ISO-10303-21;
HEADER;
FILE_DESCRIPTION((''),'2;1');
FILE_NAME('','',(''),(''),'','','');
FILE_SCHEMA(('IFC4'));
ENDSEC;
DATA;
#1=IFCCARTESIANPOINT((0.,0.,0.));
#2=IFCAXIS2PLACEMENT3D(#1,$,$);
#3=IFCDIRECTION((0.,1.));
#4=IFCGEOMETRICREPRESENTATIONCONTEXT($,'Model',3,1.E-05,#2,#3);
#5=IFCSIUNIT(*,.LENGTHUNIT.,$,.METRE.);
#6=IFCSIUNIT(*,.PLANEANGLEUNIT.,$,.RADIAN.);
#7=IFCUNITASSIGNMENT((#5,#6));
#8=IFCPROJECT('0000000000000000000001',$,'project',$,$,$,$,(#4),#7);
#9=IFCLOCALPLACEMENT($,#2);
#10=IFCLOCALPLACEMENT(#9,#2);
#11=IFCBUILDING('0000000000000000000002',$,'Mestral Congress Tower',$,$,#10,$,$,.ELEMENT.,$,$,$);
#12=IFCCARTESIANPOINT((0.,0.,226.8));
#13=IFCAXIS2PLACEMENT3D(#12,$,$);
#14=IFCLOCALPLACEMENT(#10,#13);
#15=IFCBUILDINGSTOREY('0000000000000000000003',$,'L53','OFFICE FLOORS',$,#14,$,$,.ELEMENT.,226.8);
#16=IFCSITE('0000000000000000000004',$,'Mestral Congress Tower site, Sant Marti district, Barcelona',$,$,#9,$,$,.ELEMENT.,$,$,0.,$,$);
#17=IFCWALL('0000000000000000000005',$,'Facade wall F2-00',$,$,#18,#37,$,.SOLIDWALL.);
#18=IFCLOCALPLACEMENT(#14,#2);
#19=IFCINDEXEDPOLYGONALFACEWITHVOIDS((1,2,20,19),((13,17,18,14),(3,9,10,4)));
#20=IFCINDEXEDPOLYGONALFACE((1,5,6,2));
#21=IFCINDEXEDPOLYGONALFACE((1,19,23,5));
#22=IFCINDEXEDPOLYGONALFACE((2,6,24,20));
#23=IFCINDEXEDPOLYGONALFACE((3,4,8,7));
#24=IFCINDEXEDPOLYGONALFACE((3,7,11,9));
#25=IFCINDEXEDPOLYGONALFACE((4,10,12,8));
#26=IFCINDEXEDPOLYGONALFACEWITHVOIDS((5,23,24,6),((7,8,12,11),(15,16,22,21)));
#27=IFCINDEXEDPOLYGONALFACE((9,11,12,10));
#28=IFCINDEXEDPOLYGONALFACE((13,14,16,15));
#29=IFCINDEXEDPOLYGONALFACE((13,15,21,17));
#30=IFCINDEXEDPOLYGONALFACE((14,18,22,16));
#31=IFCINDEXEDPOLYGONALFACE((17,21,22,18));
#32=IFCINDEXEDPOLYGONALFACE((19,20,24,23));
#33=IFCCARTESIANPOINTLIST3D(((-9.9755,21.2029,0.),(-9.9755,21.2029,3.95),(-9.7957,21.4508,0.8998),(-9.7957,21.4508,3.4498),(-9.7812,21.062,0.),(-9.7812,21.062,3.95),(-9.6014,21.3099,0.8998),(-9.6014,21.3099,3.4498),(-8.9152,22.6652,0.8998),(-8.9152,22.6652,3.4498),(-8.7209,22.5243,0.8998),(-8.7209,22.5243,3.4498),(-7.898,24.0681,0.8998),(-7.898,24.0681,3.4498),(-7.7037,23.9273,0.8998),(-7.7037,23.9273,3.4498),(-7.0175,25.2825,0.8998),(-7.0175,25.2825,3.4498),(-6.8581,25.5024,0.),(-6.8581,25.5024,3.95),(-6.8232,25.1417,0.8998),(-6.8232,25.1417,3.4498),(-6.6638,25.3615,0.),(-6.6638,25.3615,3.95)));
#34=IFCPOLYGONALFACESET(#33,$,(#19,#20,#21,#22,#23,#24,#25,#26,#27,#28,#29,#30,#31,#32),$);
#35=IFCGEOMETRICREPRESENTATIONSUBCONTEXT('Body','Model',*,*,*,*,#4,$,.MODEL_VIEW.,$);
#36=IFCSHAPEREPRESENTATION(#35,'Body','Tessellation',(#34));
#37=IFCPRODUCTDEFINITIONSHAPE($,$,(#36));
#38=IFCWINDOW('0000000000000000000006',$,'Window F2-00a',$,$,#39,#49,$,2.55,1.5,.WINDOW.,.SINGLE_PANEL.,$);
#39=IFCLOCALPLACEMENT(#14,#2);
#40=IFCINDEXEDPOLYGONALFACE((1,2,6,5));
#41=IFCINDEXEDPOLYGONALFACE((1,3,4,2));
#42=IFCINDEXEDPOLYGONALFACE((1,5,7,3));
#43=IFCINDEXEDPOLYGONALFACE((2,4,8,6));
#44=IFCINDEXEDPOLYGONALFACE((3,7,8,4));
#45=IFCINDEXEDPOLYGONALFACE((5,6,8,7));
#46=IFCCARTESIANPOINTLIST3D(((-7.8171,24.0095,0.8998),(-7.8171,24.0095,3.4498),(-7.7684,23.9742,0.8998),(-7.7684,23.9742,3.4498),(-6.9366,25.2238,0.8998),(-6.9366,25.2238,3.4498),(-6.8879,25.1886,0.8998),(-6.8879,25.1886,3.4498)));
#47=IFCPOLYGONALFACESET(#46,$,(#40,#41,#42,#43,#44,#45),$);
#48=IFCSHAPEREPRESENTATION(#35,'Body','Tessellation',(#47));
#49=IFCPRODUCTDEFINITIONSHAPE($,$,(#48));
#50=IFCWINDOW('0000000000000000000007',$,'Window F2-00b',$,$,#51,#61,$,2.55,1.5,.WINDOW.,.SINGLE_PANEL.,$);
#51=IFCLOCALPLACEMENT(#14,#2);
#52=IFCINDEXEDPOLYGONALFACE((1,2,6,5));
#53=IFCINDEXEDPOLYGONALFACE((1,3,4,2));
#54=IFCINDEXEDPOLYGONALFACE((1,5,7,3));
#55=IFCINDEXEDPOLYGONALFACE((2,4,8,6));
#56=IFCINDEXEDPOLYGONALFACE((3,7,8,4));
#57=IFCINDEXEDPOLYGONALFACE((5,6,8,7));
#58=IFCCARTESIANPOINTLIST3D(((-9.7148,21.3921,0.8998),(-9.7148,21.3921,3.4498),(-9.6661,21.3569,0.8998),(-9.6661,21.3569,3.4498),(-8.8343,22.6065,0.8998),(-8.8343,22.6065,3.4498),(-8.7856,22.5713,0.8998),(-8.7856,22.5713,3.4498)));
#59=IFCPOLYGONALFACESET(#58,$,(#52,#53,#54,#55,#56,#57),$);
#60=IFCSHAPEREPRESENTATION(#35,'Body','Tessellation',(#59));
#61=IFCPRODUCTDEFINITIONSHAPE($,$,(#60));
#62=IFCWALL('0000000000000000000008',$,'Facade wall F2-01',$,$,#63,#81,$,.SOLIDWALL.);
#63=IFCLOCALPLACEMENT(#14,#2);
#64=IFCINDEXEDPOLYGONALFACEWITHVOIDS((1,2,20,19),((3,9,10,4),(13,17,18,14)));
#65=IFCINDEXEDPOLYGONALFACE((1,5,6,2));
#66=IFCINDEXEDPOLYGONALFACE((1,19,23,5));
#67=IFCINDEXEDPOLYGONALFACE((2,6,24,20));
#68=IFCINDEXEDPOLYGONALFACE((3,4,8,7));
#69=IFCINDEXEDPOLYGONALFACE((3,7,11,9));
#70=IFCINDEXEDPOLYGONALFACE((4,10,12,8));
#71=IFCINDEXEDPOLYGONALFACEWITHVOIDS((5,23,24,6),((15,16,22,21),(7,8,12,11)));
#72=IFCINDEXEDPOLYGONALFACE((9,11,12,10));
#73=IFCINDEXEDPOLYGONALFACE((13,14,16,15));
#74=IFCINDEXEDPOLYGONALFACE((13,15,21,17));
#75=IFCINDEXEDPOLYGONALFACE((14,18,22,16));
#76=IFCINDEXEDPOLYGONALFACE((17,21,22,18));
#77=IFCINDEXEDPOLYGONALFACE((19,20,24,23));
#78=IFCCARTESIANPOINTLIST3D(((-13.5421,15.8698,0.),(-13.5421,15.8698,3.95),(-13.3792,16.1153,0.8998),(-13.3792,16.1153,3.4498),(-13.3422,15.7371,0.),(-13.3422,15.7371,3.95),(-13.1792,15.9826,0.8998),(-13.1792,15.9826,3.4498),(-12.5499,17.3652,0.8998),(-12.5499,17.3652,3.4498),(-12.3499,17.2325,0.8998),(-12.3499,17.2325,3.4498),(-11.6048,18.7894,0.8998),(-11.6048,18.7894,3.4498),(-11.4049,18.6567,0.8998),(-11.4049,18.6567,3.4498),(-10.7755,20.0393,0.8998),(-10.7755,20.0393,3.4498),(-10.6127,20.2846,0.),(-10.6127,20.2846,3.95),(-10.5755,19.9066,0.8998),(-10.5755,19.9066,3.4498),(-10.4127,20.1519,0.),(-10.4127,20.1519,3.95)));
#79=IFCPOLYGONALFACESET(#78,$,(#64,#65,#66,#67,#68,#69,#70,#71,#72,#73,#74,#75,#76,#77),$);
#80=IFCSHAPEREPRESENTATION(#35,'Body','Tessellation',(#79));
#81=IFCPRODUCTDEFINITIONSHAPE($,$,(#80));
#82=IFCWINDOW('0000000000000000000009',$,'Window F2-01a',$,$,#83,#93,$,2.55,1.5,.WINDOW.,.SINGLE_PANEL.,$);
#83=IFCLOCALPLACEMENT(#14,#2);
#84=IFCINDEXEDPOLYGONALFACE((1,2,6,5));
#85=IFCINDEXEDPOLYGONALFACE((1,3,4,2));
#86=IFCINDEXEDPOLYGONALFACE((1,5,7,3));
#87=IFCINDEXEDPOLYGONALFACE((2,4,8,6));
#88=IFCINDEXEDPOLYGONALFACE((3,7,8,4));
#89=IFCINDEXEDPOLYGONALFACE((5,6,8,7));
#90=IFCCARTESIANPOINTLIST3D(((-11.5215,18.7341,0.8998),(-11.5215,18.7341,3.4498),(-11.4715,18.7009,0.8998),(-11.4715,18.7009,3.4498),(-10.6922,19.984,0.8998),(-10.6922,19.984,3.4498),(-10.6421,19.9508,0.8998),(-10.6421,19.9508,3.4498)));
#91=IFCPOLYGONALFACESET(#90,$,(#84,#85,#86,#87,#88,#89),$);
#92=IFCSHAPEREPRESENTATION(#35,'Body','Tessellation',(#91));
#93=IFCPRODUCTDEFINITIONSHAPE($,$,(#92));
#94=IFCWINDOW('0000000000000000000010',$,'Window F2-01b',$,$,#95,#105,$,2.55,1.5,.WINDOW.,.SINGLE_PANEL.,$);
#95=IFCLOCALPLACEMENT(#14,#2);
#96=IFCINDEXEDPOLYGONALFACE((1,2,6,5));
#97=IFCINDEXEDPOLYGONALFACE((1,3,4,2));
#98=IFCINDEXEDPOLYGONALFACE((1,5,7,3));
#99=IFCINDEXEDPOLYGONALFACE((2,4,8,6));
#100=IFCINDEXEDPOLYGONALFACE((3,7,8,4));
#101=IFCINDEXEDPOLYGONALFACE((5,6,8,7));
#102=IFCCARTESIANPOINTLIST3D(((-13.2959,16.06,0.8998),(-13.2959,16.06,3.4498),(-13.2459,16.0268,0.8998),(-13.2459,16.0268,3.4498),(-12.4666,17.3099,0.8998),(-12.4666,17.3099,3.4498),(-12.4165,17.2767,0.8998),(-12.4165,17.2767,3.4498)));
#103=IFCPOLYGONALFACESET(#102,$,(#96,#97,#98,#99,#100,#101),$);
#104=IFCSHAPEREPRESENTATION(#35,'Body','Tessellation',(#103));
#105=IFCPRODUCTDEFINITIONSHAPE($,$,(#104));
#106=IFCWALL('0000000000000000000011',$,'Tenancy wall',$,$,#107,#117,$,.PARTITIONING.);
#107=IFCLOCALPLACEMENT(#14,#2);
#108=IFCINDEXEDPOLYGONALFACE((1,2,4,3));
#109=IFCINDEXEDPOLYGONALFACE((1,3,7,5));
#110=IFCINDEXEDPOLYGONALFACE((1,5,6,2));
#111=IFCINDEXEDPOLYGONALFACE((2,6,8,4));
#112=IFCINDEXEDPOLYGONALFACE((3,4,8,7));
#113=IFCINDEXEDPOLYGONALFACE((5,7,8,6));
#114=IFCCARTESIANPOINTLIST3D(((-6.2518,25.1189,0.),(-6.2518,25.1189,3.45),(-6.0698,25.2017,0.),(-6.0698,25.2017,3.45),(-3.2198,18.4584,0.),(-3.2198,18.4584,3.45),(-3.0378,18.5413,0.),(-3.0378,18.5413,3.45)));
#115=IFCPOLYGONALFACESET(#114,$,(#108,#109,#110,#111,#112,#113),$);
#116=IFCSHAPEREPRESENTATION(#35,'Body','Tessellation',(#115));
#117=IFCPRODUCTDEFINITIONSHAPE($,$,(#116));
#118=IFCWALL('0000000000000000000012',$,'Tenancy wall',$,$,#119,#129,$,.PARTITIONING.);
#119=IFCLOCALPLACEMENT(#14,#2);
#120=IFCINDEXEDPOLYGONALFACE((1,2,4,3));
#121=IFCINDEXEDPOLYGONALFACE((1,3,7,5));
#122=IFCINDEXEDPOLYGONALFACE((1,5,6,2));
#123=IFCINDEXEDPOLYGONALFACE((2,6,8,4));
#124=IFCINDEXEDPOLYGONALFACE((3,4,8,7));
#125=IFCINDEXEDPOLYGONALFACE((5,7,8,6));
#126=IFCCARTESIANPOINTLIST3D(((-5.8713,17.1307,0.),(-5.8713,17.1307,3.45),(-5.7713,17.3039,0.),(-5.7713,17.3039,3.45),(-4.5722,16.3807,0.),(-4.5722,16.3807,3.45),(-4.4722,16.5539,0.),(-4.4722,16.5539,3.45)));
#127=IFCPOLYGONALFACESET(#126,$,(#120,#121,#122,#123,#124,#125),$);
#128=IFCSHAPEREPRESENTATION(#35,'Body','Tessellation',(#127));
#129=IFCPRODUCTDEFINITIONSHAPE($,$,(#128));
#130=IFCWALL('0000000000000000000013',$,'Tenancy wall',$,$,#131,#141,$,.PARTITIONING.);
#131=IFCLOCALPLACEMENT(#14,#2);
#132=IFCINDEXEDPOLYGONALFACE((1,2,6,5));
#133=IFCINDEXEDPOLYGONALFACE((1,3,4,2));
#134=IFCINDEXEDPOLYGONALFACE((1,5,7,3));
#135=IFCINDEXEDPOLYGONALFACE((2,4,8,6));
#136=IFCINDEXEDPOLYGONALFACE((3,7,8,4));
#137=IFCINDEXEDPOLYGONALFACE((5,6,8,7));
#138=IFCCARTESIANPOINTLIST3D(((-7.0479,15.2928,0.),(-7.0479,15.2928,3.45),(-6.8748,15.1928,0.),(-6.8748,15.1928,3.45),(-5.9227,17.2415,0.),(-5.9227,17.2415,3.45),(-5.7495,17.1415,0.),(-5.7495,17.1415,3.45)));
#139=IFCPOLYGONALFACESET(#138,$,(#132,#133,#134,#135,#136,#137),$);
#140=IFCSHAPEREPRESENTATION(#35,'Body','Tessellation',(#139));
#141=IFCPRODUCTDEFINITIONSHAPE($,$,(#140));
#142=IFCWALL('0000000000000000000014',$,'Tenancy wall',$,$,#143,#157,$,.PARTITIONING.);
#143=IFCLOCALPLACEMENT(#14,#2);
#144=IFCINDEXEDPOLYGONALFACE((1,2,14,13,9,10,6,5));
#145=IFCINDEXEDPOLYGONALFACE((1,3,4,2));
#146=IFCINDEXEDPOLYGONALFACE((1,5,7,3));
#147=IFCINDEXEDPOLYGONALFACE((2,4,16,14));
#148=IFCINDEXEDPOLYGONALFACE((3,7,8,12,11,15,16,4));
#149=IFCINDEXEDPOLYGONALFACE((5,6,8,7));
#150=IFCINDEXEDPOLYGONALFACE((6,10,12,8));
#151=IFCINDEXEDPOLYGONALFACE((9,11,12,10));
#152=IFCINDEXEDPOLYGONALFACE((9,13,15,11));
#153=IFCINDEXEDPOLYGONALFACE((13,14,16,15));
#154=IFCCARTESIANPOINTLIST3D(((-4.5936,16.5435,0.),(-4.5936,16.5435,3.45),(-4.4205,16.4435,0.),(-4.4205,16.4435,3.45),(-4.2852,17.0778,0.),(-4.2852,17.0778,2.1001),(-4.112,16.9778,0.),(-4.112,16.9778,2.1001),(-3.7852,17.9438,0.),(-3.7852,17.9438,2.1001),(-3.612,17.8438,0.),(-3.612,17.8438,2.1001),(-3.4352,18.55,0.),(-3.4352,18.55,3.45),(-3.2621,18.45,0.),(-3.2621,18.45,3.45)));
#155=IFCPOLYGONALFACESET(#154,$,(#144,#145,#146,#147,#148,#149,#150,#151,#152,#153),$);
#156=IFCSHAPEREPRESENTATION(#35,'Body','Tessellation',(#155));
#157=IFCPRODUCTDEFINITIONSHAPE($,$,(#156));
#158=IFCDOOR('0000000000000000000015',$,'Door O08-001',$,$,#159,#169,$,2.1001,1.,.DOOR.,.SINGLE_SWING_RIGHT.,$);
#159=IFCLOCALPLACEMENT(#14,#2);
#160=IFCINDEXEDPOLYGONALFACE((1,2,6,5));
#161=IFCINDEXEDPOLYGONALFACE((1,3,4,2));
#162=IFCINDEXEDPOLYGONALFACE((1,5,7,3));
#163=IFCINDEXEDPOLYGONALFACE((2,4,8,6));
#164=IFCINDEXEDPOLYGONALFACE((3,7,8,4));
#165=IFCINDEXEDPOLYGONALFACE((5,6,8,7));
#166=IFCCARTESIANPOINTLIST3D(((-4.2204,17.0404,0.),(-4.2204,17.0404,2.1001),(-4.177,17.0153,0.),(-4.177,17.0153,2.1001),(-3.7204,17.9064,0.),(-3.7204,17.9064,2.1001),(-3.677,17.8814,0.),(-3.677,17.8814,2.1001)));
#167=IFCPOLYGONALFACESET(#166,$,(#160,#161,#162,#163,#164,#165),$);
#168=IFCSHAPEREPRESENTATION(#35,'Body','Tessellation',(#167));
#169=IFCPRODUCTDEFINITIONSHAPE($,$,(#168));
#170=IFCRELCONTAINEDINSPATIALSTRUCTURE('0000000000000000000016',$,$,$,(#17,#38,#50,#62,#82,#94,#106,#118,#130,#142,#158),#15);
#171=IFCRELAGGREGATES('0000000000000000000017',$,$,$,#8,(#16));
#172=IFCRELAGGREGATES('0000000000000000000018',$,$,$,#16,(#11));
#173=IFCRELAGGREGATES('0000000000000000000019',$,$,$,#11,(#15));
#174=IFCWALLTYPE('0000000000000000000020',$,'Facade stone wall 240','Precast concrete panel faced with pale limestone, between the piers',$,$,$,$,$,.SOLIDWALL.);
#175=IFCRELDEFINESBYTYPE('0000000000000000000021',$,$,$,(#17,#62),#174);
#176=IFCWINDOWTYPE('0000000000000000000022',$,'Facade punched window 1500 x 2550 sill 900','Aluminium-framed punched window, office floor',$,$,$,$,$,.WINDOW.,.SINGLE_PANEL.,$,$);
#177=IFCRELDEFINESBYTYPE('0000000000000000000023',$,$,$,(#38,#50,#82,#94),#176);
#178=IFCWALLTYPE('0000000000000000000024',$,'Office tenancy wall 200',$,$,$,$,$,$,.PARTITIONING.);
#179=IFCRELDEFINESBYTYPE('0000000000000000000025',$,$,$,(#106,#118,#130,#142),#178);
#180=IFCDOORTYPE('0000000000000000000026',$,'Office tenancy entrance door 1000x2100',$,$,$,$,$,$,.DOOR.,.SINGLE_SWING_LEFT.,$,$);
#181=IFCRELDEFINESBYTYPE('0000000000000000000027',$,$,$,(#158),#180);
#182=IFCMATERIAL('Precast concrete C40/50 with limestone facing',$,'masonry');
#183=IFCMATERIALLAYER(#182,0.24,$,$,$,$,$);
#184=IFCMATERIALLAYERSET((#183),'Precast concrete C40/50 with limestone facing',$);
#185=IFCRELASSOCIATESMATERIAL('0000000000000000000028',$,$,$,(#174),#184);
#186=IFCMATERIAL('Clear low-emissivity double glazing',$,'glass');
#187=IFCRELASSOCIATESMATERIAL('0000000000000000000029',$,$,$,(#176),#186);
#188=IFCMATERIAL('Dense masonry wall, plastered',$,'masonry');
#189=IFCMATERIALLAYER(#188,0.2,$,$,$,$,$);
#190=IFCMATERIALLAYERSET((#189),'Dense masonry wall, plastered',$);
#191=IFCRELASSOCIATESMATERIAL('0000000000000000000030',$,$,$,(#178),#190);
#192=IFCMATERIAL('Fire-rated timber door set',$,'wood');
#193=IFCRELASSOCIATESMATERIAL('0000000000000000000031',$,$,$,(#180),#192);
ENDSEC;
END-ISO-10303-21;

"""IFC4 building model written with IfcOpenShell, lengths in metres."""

from ifc_helpers import new_model, si_unit, direction, frame, frame_2d, origin, place, context, subcontext, project, spatial, rectangle, extrude, material, layer, layer_set, type_object, element, fill, save


model = new_model("IFC4")

# Units and contexts
model_context = context("Model", 3, precision=1e-05, world=origin(), true_north=direction((0.0, 1.0)))
body_context = subcontext(model_context, "Body", "Model", "MODEL_VIEW")
ifc_project = project(units=[si_unit("LENGTHUNIT", "METRE"), si_unit("PLANEANGLEUNIT", "RADIAN")], contexts=[model_context])

# Site, building, storey
site_placement = place(None, origin())
site = spatial("IfcSite", under=ifc_project, at=site_placement, Name="Mestral Congress Tower site, Sant Marti district, Barcelona", CompositionType="ELEMENT", RefElevation=0.0)
building_placement = place(site_placement, origin())
building = spatial("IfcBuilding", under=site, at=building_placement, Name="Mestral Congress Tower", CompositionType="ELEMENT")
storey_placement = place(building_placement, frame((0.0, 0.0, 226.8)))
storey = spatial("IfcBuildingStorey", under=building, at=storey_placement, Name="L53", Description="OFFICE FLOORS", CompositionType="ELEMENT", Elevation=226.8)

# Shared definitions
ifc_material_1 = material(Name="Precast concrete C40/50 with limestone facing", Category="masonry")
ifc_layer_1 = layer(ifc_material_1, 0.24)
ifc_layer_set_1 = layer_set([ifc_layer_1], Name="Precast concrete C40/50 with limestone facing")
wall_type_1 = type_object("IfcWallType", Name="Facade stone wall 240", Description="Precast concrete panel faced with pale limestone, between the piers", PredefinedType="SOLIDWALL", material=ifc_layer_set_1)
ifc_material_2 = material(Name="Clear low-emissivity double glazing", Category="glass")

# Walls, openings, windows
wall_1_placement = place(storey_placement, frame((-6.761, 25.4319, 0.0), z_axis=(0.0, 0.0, 1.0), x_axis=(-0.586998, -0.809588, 0.0)))
wall_1 = element("IfcWall", 1, at=wall_1_placement, inside=storey, type_object=wall_type_1, Name="Facade wall F2-00", PredefinedType="SOLIDWALL", context=body_context, shape_type="SweptSolid", body=[
    extrude(rectangle(XDim=5.3108, YDim=0.24, at=frame_2d((2.6553, 0.0))), origin(), (0.0, 0.0, 1.0), 3.95),
])
opening_1_placement = place(wall_1_placement, frame((0.2715, 0.0, 0.8999)))
opening_1 = element("IfcOpeningElement", 2, at=opening_1_placement, cuts=wall_1, PredefinedType="OPENING", context=body_context, shape_type="SweptSolid", body=[
    extrude(rectangle(XDim=1.5, YDim=2.55, at=frame_2d((0.75, 1.2749))), frame((0.0, 0.1299, 0.0), z_axis=(0.0, -1.0, 0.0), x_axis=(1.0, 0.0, 0.0)), (0.0, 0.0, 1.0), 0.26),
])
opening_2_placement = place(wall_1_placement, frame((3.5044, 0.0, 0.8999)))
opening_2 = element("IfcOpeningElement", 3, at=opening_2_placement, cuts=wall_1, PredefinedType="OPENING", context=body_context, shape_type="SweptSolid", body=[
    extrude(rectangle(XDim=1.5, YDim=2.55, at=frame_2d((0.75, 1.2749))), frame((0.0, 0.1299, 0.0), z_axis=(0.0, -1.0, 0.0), x_axis=(1.0, 0.0, 0.0)), (0.0, 0.0, 1.0), 0.26),
])
window_type_1 = type_object("IfcWindowType", Name="Facade punched window 1500 x 2550 sill 900", Description="Aluminium-framed punched window, office floor", PartitioningType="SINGLE_PANEL", PredefinedType="WINDOW", material=ifc_material_2)
window_1_placement = place(opening_1_placement, origin())
window_1 = element("IfcWindow", 4, at=window_1_placement, inside=storey, type_object=window_type_1, Name="Window F2-00a", OverallHeight=2.55, OverallWidth=1.5, PartitioningType="SINGLE_PANEL", PredefinedType="WINDOW", context=body_context, shape_type="SweptSolid", body=[
    extrude(rectangle(XDim=1.5, YDim=2.55, at=frame_2d((0.75, 1.2749))), frame((0.0, 0.04, 0.0), z_axis=(0.0, -1.0, 0.0), x_axis=(1.0, 0.0, 0.0)), (0.0, 0.0, 1.0), 0.0601),
])
fill(opening_1, window_1)
window_2_placement = place(opening_2_placement, origin())
window_2 = element("IfcWindow", 5, at=window_2_placement, inside=storey, type_object=window_type_1, Name="Window F2-00b", OverallHeight=2.55, OverallWidth=1.5, PartitioningType="SINGLE_PANEL", PredefinedType="WINDOW", context=body_context, shape_type="SweptSolid", body=[
    extrude(rectangle(XDim=1.5, YDim=2.55, at=frame_2d((0.75, 1.2749))), frame((0.0, 0.04, 0.0), z_axis=(0.0, -1.0, 0.0), x_axis=(1.0, 0.0, 0.0)), (0.0, 0.0, 1.0), 0.0601),
])
fill(opening_2, window_2)
wall_2_placement = place(storey_placement, frame((-10.5127, 20.2183, 0.0), z_axis=(0.0, 0.0, 1.0), x_axis=(-0.552902, -0.833246, 0.0)))
wall_2 = element("IfcWall", 6, at=wall_2_placement, inside=storey, type_object=wall_type_1, Name="Facade wall F2-01", PredefinedType="SOLIDWALL", context=body_context, shape_type="SweptSolid", body=[
    extrude(rectangle(XDim=5.2983, YDim=0.24, at=frame_2d((2.6492, 0.0))), origin(), (0.0, 0.0, 1.0), 3.95),
])
opening_3_placement = place(wall_2_placement, frame((0.2944, 0.0, 0.8999)))
opening_3 = element("IfcOpeningElement", 7, at=opening_3_placement, cuts=wall_2, PredefinedType="OPENING", context=body_context, shape_type="SweptSolid", body=[
    extrude(rectangle(XDim=1.5, YDim=2.55, at=frame_2d((0.75, 1.2749))), frame((0.0, 0.1299, 0.0), z_axis=(0.0, -1.0, 0.0), x_axis=(1.0, 0.0, 0.0)), (0.0, 0.0, 1.0), 0.26),
])
opening_4_placement = place(wall_2_placement, frame((3.5037, 0.0, 0.8999)))
opening_4 = element("IfcOpeningElement", 8, at=opening_4_placement, cuts=wall_2, PredefinedType="OPENING", context=body_context, shape_type="SweptSolid", body=[
    extrude(rectangle(XDim=1.5, YDim=2.55, at=frame_2d((0.75, 1.2749))), frame((0.0, 0.1299, 0.0), z_axis=(0.0, -1.0, 0.0), x_axis=(1.0, 0.0, 0.0)), (0.0, 0.0, 1.0), 0.26),
])
window_3_placement = place(opening_3_placement, origin())
window_3 = element("IfcWindow", 9, at=window_3_placement, inside=storey, type_object=window_type_1, Name="Window F2-01a", OverallHeight=2.55, OverallWidth=1.5, PartitioningType="SINGLE_PANEL", PredefinedType="WINDOW", context=body_context, shape_type="SweptSolid", body=[
    extrude(rectangle(XDim=1.5, YDim=2.55, at=frame_2d((0.75, 1.2749))), frame((0.0, 0.04, 0.0), z_axis=(0.0, -1.0, 0.0), x_axis=(1.0, 0.0, 0.0)), (0.0, 0.0, 1.0), 0.0601),
])
fill(opening_3, window_3)
window_4_placement = place(opening_4_placement, origin())
window_4 = element("IfcWindow", 10, at=window_4_placement, inside=storey, type_object=window_type_1, Name="Window F2-01b", OverallHeight=2.55, OverallWidth=1.5, PartitioningType="SINGLE_PANEL", PredefinedType="WINDOW", context=body_context, shape_type="SweptSolid", body=[
    extrude(rectangle(XDim=1.5, YDim=2.55, at=frame_2d((0.75, 1.2749))), frame((0.0, 0.04, 0.0), z_axis=(0.0, -1.0, 0.0), x_axis=(1.0, 0.0, 0.0)), (0.0, 0.0, 1.0), 0.0601),
])
fill(opening_4, window_4)

# Walls
ifc_material_3 = material(Name="Dense masonry wall, plastered", Category="masonry")
ifc_layer_2 = layer(ifc_material_3, 0.2)
ifc_layer_set_2 = layer_set([ifc_layer_2], Name="Dense masonry wall, plastered")
wall_type_2 = type_object("IfcWallType", Name="Office tenancy wall 200", PredefinedType="PARTITIONING", material=ifc_layer_set_2)
wall_3_placement = place(storey_placement, frame((-6.1609, 25.1604, 0.0), z_axis=(0.0, 0.0, 1.0), x_axis=(0.414316, -0.910133, 0.0)))
element("IfcWall", 11, at=wall_3_placement, inside=storey, type_object=wall_type_2, Name="Tenancy wall", PredefinedType="PARTITIONING", context=body_context, shape_type="SweptSolid", body=[
    extrude(rectangle(XDim=7.3181, YDim=0.2, at=frame_2d((3.6592, 0.0))), origin(), (0.0, 0.0, 1.0), 3.45),
])
wall_4_placement = place(storey_placement, frame((-4.5222, 16.4673, 0.0), z_axis=(0.0, 0.0, 1.0), x_axis=(-0.866031, 0.49999, 0.0)))
element("IfcWall", 12, at=wall_4_placement, inside=storey, type_object=wall_type_2, Name="Tenancy wall", PredefinedType="PARTITIONING", context=body_context, shape_type="SweptSolid", body=[
    extrude(rectangle(XDim=1.5, YDim=0.2, at=frame_2d((0.75, 0.0))), origin(), (0.0, 0.0, 1.0), 3.45),
])
wall_5_placement = place(storey_placement, frame((-5.8362, 17.1914, 0.0), z_axis=(0.0, 0.0, 1.0), x_axis=(-0.500048, -0.865998, 0.0)))
element("IfcWall", 13, at=wall_5_placement, inside=storey, type_object=wall_type_2, Name="Tenancy wall", PredefinedType="PARTITIONING", context=body_context, shape_type="SweptSolid", body=[
    extrude(rectangle(XDim=2.2502, YDim=0.2, at=frame_2d((1.125, 0.0))), origin(), (0.0, 0.0, 1.0), 3.45),
])

# Wall, opening, door
wall_6_placement = place(storey_placement, frame((-3.3486, 18.5, 0.0), z_axis=(0.0, 0.0, 1.0), x_axis=(-0.499981, -0.866036, 0.0)))
wall_6 = element("IfcWall", 14, at=wall_6_placement, inside=storey, type_object=wall_type_2, Name="Tenancy wall", PredefinedType="PARTITIONING", context=body_context, shape_type="SweptSolid", body=[
    extrude(rectangle(XDim=2.3169, YDim=0.2, at=frame_2d((1.1584, 0.0))), origin(), (0.0, 0.0, 1.0), 3.45),
])
opening_5_placement = place(wall_6_placement, frame((0.7, 0.0, 0.0)))
opening_5 = element("IfcOpeningElement", 15, at=opening_5_placement, cuts=wall_6, PredefinedType="OPENING", context=body_context, shape_type="SweptSolid", body=[
    extrude(rectangle(XDim=1.0, YDim=2.1001, at=frame_2d((0.5, 1.05))), frame((0.0, 0.1099, 0.0), z_axis=(0.0, -1.0, 0.0), x_axis=(1.0, 0.0, 0.0)), (0.0, 0.0, 1.0), 0.22),
])
ifc_material_4 = material(Name="Fire-rated timber door set", Category="wood")
door_type = type_object("IfcDoorType", Name="Office tenancy entrance door 1000x2100", OperationType="SINGLE_SWING_LEFT", PredefinedType="DOOR", material=ifc_material_4)
door_placement = place(opening_5_placement, origin())
door = element("IfcDoor", 16, at=door_placement, inside=storey, type_object=door_type, Name="Door O08-001", OperationType="SINGLE_SWING_RIGHT", OverallHeight=2.1001, OverallWidth=1.0, PredefinedType="DOOR", context=body_context, shape_type="SweptSolid", body=[
    extrude(rectangle(XDim=1.0, YDim=2.1001, at=frame_2d((0.5, 1.05))), frame((0.0, 0.0249, 0.0), z_axis=(0.0, -1.0, 0.0), x_axis=(1.0, 0.0, 0.0)), (0.0, 0.0, 1.0), 0.05),
])
fill(opening_5, door)

save(model, "model.ifc")
